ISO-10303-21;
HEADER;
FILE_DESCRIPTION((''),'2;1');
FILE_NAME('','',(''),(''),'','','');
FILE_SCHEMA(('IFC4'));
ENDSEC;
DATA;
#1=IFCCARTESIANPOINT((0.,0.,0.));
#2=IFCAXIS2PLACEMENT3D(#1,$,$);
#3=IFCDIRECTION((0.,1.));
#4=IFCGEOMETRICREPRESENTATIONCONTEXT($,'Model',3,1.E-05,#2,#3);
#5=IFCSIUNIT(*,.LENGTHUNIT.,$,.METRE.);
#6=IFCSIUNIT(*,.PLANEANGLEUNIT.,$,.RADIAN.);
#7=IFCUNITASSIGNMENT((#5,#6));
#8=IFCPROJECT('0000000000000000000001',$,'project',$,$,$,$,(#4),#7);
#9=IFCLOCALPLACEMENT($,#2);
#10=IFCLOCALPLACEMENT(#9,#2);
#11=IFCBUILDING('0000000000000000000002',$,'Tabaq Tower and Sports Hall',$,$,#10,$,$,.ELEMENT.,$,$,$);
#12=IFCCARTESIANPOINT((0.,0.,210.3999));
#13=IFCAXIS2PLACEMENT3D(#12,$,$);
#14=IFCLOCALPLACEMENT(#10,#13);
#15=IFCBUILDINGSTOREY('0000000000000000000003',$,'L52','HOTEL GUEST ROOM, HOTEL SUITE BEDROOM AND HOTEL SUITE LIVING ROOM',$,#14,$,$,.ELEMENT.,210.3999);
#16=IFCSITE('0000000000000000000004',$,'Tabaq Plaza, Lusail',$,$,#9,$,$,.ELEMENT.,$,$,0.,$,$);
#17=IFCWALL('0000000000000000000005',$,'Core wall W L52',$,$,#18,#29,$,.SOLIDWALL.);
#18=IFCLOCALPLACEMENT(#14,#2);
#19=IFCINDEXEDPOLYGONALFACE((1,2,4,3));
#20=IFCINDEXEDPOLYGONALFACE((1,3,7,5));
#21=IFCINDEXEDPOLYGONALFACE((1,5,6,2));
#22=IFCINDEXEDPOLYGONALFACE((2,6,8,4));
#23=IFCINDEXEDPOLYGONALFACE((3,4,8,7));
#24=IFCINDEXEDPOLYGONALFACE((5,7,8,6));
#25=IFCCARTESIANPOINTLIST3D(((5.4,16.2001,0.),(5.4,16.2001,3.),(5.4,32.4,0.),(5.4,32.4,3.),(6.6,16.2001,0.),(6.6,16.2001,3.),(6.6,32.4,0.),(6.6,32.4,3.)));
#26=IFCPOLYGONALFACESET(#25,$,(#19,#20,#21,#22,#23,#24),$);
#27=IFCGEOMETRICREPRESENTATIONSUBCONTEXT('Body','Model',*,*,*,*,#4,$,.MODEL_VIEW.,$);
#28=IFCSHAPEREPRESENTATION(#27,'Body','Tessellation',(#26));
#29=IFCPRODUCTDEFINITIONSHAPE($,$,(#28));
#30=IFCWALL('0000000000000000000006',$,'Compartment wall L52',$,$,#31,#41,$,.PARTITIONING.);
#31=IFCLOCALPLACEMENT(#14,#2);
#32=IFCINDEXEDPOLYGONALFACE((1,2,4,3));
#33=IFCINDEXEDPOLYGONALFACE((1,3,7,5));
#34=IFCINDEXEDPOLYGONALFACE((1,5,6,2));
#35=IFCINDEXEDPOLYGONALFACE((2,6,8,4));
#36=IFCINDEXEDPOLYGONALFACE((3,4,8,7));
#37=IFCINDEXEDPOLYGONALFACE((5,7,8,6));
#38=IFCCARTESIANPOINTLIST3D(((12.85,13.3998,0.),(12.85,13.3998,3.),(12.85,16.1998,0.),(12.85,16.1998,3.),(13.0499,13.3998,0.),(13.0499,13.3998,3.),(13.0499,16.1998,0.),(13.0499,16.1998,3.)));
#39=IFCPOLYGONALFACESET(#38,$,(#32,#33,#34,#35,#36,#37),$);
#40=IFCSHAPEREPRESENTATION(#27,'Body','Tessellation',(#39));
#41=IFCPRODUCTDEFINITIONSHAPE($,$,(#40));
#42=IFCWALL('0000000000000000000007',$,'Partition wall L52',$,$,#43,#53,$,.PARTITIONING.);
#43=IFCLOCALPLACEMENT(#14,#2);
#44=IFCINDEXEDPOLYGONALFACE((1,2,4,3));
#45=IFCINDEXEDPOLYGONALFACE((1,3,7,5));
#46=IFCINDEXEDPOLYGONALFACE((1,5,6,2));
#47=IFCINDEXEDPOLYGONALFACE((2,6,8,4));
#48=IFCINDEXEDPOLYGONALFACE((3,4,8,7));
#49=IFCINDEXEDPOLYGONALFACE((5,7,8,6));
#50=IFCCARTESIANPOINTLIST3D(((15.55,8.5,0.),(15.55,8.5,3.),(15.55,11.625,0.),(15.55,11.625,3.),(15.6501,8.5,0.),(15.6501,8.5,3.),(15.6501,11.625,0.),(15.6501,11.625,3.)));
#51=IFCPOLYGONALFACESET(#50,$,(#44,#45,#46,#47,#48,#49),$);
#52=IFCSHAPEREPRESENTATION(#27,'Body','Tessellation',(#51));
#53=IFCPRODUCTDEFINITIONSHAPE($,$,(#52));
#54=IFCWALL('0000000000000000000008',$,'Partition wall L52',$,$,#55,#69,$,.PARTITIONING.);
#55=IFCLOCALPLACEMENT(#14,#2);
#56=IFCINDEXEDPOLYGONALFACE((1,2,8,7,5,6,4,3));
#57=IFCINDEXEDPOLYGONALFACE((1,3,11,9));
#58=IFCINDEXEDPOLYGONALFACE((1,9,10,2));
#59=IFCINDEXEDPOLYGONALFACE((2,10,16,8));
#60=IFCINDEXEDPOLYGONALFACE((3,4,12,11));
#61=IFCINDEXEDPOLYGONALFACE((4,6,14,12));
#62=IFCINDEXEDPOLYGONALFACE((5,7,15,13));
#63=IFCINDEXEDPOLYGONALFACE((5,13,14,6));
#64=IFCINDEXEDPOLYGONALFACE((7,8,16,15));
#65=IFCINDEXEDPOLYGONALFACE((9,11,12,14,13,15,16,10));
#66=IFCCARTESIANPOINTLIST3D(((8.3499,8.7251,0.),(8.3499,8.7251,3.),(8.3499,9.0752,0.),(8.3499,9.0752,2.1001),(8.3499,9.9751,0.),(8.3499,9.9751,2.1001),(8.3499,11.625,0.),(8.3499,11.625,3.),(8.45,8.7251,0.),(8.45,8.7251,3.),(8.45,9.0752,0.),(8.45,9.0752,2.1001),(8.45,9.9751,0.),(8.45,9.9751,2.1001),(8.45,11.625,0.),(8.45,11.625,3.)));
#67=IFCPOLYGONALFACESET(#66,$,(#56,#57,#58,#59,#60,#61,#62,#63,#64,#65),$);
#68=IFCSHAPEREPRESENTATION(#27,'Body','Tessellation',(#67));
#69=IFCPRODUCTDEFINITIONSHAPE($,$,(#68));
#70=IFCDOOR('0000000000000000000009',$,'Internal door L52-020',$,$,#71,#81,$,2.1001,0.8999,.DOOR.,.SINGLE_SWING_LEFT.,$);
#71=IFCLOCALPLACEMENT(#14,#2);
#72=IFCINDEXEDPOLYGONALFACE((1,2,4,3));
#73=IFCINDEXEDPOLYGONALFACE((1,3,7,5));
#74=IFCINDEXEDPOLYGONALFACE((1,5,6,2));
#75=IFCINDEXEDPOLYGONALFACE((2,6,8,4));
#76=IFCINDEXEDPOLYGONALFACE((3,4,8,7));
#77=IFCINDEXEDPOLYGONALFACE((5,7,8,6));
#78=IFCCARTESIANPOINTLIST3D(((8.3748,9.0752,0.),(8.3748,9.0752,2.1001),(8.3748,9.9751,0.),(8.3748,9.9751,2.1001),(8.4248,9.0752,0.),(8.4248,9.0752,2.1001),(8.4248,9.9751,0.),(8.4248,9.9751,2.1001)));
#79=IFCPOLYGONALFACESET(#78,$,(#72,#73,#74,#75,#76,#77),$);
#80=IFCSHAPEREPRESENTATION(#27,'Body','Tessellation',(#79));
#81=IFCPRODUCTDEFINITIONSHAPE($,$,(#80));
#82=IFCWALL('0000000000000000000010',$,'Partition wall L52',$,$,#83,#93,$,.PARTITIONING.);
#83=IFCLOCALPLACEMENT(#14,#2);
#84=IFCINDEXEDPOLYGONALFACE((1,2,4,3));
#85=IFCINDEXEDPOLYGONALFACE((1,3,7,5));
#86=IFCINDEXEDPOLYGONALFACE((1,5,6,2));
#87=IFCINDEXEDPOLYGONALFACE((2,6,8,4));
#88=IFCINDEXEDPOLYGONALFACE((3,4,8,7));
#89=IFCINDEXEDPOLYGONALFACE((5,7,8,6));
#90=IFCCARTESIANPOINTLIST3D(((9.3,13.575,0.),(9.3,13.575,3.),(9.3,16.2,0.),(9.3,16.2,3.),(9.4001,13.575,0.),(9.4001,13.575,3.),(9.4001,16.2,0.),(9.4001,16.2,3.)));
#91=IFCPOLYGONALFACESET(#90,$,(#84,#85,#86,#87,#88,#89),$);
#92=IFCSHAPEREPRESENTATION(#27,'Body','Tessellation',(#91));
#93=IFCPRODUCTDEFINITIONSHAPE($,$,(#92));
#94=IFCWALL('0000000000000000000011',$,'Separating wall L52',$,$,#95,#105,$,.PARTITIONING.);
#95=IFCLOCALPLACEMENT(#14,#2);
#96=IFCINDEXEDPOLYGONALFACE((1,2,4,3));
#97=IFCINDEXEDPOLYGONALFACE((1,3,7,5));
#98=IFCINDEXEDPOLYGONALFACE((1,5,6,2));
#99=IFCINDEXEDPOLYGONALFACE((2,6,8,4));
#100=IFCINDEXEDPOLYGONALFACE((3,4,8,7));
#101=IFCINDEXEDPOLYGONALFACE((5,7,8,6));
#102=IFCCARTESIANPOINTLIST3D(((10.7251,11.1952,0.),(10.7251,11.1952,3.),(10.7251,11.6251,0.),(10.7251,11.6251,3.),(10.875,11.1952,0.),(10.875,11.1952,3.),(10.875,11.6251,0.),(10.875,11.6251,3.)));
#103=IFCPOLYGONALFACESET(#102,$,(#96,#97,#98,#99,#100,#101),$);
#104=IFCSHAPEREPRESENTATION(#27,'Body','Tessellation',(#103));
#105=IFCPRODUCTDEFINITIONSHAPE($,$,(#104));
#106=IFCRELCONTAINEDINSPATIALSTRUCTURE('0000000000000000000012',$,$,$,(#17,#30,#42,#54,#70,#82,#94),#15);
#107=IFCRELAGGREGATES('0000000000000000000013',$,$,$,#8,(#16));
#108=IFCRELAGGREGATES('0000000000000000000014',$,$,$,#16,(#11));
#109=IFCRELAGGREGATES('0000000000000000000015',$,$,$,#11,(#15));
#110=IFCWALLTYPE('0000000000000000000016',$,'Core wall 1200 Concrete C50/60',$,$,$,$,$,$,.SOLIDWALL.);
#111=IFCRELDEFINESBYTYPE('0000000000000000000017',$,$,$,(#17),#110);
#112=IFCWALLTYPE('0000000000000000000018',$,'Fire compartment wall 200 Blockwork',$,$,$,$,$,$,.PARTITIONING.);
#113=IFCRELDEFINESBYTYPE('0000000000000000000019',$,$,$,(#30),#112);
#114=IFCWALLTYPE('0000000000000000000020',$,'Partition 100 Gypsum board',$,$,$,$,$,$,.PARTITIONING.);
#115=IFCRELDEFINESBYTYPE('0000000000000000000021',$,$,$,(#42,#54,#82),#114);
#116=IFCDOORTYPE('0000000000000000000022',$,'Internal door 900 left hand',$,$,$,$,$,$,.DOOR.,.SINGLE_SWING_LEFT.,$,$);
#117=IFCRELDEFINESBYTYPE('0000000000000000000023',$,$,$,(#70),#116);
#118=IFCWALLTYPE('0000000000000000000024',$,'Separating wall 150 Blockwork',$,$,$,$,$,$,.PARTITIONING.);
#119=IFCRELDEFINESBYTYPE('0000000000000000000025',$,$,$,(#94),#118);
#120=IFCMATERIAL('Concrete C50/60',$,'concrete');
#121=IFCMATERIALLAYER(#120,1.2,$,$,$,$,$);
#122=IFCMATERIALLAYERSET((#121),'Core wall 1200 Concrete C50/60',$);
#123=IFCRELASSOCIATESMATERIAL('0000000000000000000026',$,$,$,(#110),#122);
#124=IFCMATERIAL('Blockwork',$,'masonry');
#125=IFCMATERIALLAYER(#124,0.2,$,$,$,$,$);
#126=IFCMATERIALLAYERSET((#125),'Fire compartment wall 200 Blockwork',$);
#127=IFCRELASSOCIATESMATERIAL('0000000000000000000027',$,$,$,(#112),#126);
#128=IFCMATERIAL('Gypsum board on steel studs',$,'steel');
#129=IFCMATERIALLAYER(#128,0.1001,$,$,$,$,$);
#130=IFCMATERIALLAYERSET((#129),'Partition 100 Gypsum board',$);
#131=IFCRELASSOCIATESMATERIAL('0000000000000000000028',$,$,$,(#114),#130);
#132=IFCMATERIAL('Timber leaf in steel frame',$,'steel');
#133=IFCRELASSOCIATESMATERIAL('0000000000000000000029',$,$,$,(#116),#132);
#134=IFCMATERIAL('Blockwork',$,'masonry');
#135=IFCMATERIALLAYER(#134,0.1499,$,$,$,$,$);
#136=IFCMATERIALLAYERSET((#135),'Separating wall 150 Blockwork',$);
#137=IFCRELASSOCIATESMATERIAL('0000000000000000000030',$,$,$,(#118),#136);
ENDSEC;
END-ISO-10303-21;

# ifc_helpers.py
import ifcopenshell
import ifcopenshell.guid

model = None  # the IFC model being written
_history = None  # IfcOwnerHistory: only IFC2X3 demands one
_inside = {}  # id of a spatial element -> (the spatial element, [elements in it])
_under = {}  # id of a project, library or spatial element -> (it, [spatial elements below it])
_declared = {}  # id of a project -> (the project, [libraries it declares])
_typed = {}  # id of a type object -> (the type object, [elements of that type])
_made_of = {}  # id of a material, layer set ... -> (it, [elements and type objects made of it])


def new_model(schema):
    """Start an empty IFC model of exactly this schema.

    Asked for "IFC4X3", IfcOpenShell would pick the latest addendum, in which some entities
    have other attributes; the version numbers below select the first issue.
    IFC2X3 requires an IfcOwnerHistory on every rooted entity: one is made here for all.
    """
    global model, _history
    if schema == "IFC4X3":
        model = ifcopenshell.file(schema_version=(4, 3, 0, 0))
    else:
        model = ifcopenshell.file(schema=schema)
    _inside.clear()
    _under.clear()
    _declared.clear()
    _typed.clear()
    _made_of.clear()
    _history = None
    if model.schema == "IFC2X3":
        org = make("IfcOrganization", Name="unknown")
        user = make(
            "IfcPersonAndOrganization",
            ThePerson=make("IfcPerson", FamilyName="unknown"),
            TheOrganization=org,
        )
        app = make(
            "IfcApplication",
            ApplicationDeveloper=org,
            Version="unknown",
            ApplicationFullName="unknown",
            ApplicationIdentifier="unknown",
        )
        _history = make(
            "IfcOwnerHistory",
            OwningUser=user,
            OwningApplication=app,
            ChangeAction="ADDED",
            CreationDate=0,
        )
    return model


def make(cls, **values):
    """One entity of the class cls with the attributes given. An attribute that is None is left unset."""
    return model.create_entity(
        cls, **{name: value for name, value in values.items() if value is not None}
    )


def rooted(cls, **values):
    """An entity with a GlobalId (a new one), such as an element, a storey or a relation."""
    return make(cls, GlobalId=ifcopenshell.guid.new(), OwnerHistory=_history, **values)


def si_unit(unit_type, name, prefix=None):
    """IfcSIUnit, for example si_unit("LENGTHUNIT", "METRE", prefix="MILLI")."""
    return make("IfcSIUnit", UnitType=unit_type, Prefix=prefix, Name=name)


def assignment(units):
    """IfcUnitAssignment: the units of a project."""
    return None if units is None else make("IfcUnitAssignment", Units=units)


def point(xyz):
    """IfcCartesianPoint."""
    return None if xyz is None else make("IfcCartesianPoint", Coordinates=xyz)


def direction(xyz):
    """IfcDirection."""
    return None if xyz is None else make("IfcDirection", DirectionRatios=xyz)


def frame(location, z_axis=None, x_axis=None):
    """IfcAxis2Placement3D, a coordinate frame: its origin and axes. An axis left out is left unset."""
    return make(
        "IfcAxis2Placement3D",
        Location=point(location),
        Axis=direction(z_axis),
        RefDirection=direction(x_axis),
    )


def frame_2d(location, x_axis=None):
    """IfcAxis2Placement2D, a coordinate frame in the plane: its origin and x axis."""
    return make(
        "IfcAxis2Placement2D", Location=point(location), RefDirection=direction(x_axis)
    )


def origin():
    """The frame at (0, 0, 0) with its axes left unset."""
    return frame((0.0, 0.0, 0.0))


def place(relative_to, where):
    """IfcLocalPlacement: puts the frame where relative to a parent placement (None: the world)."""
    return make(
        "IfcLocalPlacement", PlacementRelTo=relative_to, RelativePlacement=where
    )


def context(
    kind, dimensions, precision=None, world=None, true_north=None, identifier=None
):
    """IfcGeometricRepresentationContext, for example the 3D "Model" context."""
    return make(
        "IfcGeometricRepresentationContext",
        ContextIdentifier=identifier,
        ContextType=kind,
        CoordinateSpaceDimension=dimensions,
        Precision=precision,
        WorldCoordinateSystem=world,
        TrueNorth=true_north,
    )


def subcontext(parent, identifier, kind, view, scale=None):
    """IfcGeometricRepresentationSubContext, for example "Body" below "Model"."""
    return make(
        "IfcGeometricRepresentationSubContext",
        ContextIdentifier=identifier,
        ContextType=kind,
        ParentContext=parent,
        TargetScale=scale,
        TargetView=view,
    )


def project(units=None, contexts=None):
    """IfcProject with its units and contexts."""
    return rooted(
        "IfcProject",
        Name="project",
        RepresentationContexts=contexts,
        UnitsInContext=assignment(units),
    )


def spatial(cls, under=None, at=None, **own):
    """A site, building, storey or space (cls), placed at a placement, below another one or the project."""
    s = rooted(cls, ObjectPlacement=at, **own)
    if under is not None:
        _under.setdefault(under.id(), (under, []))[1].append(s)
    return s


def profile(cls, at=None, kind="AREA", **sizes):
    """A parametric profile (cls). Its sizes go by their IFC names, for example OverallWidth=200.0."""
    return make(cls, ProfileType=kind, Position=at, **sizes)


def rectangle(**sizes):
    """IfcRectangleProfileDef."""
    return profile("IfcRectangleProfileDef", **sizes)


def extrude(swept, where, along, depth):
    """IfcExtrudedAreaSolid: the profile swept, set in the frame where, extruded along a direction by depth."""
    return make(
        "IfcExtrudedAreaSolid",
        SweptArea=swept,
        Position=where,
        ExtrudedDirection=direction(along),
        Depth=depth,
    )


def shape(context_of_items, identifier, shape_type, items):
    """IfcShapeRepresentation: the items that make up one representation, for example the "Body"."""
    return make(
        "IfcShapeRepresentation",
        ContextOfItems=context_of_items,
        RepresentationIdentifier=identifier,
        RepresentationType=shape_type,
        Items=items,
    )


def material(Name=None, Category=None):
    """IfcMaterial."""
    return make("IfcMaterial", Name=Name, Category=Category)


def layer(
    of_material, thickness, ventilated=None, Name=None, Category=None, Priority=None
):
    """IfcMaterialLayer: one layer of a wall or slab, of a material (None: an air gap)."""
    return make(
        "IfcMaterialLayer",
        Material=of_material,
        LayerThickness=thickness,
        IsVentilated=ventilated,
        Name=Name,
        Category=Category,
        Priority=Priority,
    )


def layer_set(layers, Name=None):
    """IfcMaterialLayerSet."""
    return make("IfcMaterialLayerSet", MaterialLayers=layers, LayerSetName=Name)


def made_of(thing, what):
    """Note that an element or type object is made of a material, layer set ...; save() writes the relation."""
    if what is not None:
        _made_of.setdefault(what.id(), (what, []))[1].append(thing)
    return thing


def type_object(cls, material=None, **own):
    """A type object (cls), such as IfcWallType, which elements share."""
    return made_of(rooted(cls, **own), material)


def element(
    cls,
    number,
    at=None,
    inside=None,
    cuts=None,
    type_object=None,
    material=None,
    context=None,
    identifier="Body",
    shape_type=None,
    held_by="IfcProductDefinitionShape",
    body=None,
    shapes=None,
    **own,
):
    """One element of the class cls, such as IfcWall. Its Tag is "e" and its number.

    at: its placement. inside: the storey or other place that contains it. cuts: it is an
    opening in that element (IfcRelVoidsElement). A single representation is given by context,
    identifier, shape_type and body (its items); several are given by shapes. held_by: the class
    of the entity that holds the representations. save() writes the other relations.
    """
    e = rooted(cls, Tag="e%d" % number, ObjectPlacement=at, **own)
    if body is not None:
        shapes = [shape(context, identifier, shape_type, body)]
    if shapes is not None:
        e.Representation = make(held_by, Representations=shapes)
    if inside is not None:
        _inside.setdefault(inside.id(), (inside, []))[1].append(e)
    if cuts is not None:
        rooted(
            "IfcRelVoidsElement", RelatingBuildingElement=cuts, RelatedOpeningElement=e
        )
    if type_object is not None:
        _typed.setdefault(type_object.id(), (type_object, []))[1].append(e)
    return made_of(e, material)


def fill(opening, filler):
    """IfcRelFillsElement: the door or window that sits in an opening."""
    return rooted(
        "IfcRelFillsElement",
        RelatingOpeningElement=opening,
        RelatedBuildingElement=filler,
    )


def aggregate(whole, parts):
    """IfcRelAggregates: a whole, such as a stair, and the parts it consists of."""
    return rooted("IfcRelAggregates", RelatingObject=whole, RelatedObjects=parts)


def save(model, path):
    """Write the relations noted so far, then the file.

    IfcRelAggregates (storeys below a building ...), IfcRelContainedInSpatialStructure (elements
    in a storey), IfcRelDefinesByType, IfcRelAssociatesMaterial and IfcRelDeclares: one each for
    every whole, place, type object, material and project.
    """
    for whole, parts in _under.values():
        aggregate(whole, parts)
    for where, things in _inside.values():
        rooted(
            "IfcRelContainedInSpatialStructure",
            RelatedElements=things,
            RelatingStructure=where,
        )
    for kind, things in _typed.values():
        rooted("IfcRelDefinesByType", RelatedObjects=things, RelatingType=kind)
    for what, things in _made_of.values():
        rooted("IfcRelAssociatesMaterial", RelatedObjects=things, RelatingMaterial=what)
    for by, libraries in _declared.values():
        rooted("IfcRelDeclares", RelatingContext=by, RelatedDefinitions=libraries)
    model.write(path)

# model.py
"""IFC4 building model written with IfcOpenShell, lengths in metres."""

from ifc_helpers import new_model, si_unit, direction, frame, frame_2d, origin, place, context, subcontext, project, spatial, rectangle, extrude, material, layer, layer_set, type_object, element, fill, save


model = new_model("IFC4")

# Units and contexts
model_context = context("Model", 3, precision=1e-05, world=origin(), true_north=direction((0.0, 1.0)))
body_context = subcontext(model_context, "Body", "Model", "MODEL_VIEW")
ifc_project = project(units=[si_unit("LENGTHUNIT", "METRE"), si_unit("PLANEANGLEUNIT", "RADIAN")], contexts=[model_context])

# Site, building, storey
site_placement = place(None, origin())
site = spatial("IfcSite", under=ifc_project, at=site_placement, Name="Tabaq Plaza, Lusail", CompositionType="ELEMENT", RefElevation=0.0)
building_placement = place(site_placement, origin())
building = spatial("IfcBuilding", under=site, at=building_placement, Name="Tabaq Tower and Sports Hall", CompositionType="ELEMENT")
storey_placement = place(building_placement, frame((0.0, 0.0, 210.3999)))
storey = spatial("IfcBuildingStorey", under=building, at=storey_placement, Name="L52", Description="HOTEL GUEST ROOM, HOTEL SUITE BEDROOM AND HOTEL SUITE LIVING ROOM", CompositionType="ELEMENT", Elevation=210.3999)

# Walls
ifc_material_1 = material(Name="Concrete C50/60", Category="concrete")
ifc_layer_1 = layer(ifc_material_1, 1.2)
ifc_layer_set_1 = layer_set([ifc_layer_1], Name="Core wall 1200 Concrete C50/60")
wall_type_1 = type_object("IfcWallType", Name="Core wall 1200 Concrete C50/60", PredefinedType="SOLIDWALL", material=ifc_layer_set_1)
wall_1_placement = place(storey_placement, frame((6.0, 16.2, 0.0), z_axis=(0.0, 0.0, 1.0), x_axis=(0.0, 1.0, 0.0)))
element("IfcWall", 1, at=wall_1_placement, inside=storey, type_object=wall_type_1, Name="Core wall W L52", PredefinedType="SOLIDWALL", context=body_context, shape_type="SweptSolid", body=[
    extrude(rectangle(XDim=16.2, YDim=1.2, at=frame_2d((8.1001, 0.0))), origin(), (0.0, 0.0, 1.0), 3.0),
])
ifc_material_2 = material(Name="Blockwork", Category="masonry")
ifc_layer_2 = layer(ifc_material_2, 0.2)
ifc_layer_set_2 = layer_set([ifc_layer_2], Name="Fire compartment wall 200 Blockwork")
wall_type_2 = type_object("IfcWallType", Name="Fire compartment wall 200 Blockwork", PredefinedType="PARTITIONING", material=ifc_layer_set_2)
wall_2_placement = place(storey_placement, frame((12.95, 13.3999, 0.0), z_axis=(0.0, 0.0, 1.0), x_axis=(0.0, 1.0, 0.0)))
element("IfcWall", 2, at=wall_2_placement, inside=storey, type_object=wall_type_2, Name="Compartment wall L52", PredefinedType="PARTITIONING", context=body_context, shape_type="SweptSolid", body=[
    extrude(rectangle(XDim=2.8, YDim=0.2, at=frame_2d((1.3999, 0.0))), origin(), (0.0, 0.0, 1.0), 3.0),
])

# Wall
ifc_material_3 = material(Name="Gypsum board on steel studs", Category="steel")
ifc_layer_3 = layer(ifc_material_3, 0.1001)
ifc_layer_set_3 = layer_set([ifc_layer_3], Name="Partition 100 Gypsum board")
wall_type_3 = type_object("IfcWallType", Name="Partition 100 Gypsum board", PredefinedType="PARTITIONING", material=ifc_layer_set_3)
wall_3_placement = place(storey_placement, frame((15.6001, 11.625, 0.0), z_axis=(0.0, 0.0, 1.0), x_axis=(0.0, -1.0, 0.0)))
element("IfcWall", 3, at=wall_3_placement, inside=storey, type_object=wall_type_3, Name="Partition wall L52", PredefinedType="PARTITIONING", context=body_context, shape_type="SweptSolid", body=[
    extrude(rectangle(XDim=3.125, YDim=0.1001, at=frame_2d((1.5625, 0.0))), origin(), (0.0, 0.0, 1.0), 3.0),
])

# Wall, opening, door
wall_4_placement = place(storey_placement, frame((8.3999, 11.625, 0.0), z_axis=(0.0, 0.0, 1.0), x_axis=(0.0, -1.0, 0.0)))
wall_4 = element("IfcWall", 4, at=wall_4_placement, inside=storey, type_object=wall_type_3, Name="Partition wall L52", PredefinedType="PARTITIONING", context=body_context, shape_type="SweptSolid", body=[
    extrude(rectangle(XDim=2.8999, YDim=0.1001, at=frame_2d((1.45, 0.0))), origin(), (0.0, 0.0, 1.0), 3.0),
])
opening_1_placement = place(wall_4_placement, frame((1.6499, 0.0, 0.0)))
opening_1 = element("IfcOpeningElement", 5, at=opening_1_placement, cuts=wall_4, PredefinedType="OPENING", context=body_context, shape_type="SweptSolid", body=[
    extrude(rectangle(XDim=0.8999, YDim=2.1001, at=frame_2d((0.45, 1.05))), frame((0.0, 0.05, 0.0), z_axis=(0.0, -1.0, 0.0), x_axis=(1.0, 0.0, 0.0)), (0.0, 0.0, 1.0), 0.1001),
])
ifc_material_4 = material(Name="Timber leaf in steel frame", Category="steel")
door_type_1 = type_object("IfcDoorType", Name="Internal door 900 left hand", OperationType="SINGLE_SWING_LEFT", PredefinedType="DOOR", material=ifc_material_4)
door_1_placement = place(opening_1_placement, origin())
door_1 = element("IfcDoor", 6, at=door_1_placement, inside=storey, type_object=door_type_1, Name="Internal door L52-020", OperationType="SINGLE_SWING_LEFT", OverallHeight=2.1001, OverallWidth=0.8999, PredefinedType="DOOR", context=body_context, shape_type="SweptSolid", body=[
    extrude(rectangle(XDim=0.8999, YDim=2.1001, at=frame_2d((0.45, 1.05))), frame((0.0, 0.0249, 0.0), z_axis=(0.0, -1.0, 0.0), x_axis=(1.0, 0.0, 0.0)), (0.0, 0.0, 1.0), 0.05),
])
fill(opening_1, door_1)

# Walls
wall_5_placement = place(storey_placement, frame((9.3501, 16.2, 0.0), z_axis=(0.0, 0.0, 1.0), x_axis=(0.0, -1.0, 0.0)))
element("IfcWall", 7, at=wall_5_placement, inside=storey, type_object=wall_type_3, Name="Partition wall L52", PredefinedType="PARTITIONING", context=body_context, shape_type="SweptSolid", body=[
    extrude(rectangle(XDim=2.625, YDim=0.1001, at=frame_2d((1.3125, 0.0))), origin(), (0.0, 0.0, 1.0), 3.0),
])
ifc_material_5 = material(Name="Blockwork", Category="masonry")
ifc_layer_4 = layer(ifc_material_5, 0.1499)
ifc_layer_set_4 = layer_set([ifc_layer_4], Name="Separating wall 150 Blockwork")
wall_type_4 = type_object("IfcWallType", Name="Separating wall 150 Blockwork", PredefinedType="PARTITIONING", material=ifc_layer_set_4)
wall_6_placement = place(storey_placement, frame((10.8, 11.625, 0.0), z_axis=(0.0, 0.0, 1.0), x_axis=(0.0, -1.0, 0.0)))
element("IfcWall", 8, at=wall_6_placement, inside=storey, type_object=wall_type_4, Name="Separating wall L52", PredefinedType="PARTITIONING", context=body_context, shape_type="SweptSolid", body=[
    extrude(rectangle(XDim=0.4299, YDim=0.1499, at=frame_2d((0.2148, 0.0))), origin(), (0.0, 0.0, 1.0), 3.0),
])

save(model, "model.ifc")
